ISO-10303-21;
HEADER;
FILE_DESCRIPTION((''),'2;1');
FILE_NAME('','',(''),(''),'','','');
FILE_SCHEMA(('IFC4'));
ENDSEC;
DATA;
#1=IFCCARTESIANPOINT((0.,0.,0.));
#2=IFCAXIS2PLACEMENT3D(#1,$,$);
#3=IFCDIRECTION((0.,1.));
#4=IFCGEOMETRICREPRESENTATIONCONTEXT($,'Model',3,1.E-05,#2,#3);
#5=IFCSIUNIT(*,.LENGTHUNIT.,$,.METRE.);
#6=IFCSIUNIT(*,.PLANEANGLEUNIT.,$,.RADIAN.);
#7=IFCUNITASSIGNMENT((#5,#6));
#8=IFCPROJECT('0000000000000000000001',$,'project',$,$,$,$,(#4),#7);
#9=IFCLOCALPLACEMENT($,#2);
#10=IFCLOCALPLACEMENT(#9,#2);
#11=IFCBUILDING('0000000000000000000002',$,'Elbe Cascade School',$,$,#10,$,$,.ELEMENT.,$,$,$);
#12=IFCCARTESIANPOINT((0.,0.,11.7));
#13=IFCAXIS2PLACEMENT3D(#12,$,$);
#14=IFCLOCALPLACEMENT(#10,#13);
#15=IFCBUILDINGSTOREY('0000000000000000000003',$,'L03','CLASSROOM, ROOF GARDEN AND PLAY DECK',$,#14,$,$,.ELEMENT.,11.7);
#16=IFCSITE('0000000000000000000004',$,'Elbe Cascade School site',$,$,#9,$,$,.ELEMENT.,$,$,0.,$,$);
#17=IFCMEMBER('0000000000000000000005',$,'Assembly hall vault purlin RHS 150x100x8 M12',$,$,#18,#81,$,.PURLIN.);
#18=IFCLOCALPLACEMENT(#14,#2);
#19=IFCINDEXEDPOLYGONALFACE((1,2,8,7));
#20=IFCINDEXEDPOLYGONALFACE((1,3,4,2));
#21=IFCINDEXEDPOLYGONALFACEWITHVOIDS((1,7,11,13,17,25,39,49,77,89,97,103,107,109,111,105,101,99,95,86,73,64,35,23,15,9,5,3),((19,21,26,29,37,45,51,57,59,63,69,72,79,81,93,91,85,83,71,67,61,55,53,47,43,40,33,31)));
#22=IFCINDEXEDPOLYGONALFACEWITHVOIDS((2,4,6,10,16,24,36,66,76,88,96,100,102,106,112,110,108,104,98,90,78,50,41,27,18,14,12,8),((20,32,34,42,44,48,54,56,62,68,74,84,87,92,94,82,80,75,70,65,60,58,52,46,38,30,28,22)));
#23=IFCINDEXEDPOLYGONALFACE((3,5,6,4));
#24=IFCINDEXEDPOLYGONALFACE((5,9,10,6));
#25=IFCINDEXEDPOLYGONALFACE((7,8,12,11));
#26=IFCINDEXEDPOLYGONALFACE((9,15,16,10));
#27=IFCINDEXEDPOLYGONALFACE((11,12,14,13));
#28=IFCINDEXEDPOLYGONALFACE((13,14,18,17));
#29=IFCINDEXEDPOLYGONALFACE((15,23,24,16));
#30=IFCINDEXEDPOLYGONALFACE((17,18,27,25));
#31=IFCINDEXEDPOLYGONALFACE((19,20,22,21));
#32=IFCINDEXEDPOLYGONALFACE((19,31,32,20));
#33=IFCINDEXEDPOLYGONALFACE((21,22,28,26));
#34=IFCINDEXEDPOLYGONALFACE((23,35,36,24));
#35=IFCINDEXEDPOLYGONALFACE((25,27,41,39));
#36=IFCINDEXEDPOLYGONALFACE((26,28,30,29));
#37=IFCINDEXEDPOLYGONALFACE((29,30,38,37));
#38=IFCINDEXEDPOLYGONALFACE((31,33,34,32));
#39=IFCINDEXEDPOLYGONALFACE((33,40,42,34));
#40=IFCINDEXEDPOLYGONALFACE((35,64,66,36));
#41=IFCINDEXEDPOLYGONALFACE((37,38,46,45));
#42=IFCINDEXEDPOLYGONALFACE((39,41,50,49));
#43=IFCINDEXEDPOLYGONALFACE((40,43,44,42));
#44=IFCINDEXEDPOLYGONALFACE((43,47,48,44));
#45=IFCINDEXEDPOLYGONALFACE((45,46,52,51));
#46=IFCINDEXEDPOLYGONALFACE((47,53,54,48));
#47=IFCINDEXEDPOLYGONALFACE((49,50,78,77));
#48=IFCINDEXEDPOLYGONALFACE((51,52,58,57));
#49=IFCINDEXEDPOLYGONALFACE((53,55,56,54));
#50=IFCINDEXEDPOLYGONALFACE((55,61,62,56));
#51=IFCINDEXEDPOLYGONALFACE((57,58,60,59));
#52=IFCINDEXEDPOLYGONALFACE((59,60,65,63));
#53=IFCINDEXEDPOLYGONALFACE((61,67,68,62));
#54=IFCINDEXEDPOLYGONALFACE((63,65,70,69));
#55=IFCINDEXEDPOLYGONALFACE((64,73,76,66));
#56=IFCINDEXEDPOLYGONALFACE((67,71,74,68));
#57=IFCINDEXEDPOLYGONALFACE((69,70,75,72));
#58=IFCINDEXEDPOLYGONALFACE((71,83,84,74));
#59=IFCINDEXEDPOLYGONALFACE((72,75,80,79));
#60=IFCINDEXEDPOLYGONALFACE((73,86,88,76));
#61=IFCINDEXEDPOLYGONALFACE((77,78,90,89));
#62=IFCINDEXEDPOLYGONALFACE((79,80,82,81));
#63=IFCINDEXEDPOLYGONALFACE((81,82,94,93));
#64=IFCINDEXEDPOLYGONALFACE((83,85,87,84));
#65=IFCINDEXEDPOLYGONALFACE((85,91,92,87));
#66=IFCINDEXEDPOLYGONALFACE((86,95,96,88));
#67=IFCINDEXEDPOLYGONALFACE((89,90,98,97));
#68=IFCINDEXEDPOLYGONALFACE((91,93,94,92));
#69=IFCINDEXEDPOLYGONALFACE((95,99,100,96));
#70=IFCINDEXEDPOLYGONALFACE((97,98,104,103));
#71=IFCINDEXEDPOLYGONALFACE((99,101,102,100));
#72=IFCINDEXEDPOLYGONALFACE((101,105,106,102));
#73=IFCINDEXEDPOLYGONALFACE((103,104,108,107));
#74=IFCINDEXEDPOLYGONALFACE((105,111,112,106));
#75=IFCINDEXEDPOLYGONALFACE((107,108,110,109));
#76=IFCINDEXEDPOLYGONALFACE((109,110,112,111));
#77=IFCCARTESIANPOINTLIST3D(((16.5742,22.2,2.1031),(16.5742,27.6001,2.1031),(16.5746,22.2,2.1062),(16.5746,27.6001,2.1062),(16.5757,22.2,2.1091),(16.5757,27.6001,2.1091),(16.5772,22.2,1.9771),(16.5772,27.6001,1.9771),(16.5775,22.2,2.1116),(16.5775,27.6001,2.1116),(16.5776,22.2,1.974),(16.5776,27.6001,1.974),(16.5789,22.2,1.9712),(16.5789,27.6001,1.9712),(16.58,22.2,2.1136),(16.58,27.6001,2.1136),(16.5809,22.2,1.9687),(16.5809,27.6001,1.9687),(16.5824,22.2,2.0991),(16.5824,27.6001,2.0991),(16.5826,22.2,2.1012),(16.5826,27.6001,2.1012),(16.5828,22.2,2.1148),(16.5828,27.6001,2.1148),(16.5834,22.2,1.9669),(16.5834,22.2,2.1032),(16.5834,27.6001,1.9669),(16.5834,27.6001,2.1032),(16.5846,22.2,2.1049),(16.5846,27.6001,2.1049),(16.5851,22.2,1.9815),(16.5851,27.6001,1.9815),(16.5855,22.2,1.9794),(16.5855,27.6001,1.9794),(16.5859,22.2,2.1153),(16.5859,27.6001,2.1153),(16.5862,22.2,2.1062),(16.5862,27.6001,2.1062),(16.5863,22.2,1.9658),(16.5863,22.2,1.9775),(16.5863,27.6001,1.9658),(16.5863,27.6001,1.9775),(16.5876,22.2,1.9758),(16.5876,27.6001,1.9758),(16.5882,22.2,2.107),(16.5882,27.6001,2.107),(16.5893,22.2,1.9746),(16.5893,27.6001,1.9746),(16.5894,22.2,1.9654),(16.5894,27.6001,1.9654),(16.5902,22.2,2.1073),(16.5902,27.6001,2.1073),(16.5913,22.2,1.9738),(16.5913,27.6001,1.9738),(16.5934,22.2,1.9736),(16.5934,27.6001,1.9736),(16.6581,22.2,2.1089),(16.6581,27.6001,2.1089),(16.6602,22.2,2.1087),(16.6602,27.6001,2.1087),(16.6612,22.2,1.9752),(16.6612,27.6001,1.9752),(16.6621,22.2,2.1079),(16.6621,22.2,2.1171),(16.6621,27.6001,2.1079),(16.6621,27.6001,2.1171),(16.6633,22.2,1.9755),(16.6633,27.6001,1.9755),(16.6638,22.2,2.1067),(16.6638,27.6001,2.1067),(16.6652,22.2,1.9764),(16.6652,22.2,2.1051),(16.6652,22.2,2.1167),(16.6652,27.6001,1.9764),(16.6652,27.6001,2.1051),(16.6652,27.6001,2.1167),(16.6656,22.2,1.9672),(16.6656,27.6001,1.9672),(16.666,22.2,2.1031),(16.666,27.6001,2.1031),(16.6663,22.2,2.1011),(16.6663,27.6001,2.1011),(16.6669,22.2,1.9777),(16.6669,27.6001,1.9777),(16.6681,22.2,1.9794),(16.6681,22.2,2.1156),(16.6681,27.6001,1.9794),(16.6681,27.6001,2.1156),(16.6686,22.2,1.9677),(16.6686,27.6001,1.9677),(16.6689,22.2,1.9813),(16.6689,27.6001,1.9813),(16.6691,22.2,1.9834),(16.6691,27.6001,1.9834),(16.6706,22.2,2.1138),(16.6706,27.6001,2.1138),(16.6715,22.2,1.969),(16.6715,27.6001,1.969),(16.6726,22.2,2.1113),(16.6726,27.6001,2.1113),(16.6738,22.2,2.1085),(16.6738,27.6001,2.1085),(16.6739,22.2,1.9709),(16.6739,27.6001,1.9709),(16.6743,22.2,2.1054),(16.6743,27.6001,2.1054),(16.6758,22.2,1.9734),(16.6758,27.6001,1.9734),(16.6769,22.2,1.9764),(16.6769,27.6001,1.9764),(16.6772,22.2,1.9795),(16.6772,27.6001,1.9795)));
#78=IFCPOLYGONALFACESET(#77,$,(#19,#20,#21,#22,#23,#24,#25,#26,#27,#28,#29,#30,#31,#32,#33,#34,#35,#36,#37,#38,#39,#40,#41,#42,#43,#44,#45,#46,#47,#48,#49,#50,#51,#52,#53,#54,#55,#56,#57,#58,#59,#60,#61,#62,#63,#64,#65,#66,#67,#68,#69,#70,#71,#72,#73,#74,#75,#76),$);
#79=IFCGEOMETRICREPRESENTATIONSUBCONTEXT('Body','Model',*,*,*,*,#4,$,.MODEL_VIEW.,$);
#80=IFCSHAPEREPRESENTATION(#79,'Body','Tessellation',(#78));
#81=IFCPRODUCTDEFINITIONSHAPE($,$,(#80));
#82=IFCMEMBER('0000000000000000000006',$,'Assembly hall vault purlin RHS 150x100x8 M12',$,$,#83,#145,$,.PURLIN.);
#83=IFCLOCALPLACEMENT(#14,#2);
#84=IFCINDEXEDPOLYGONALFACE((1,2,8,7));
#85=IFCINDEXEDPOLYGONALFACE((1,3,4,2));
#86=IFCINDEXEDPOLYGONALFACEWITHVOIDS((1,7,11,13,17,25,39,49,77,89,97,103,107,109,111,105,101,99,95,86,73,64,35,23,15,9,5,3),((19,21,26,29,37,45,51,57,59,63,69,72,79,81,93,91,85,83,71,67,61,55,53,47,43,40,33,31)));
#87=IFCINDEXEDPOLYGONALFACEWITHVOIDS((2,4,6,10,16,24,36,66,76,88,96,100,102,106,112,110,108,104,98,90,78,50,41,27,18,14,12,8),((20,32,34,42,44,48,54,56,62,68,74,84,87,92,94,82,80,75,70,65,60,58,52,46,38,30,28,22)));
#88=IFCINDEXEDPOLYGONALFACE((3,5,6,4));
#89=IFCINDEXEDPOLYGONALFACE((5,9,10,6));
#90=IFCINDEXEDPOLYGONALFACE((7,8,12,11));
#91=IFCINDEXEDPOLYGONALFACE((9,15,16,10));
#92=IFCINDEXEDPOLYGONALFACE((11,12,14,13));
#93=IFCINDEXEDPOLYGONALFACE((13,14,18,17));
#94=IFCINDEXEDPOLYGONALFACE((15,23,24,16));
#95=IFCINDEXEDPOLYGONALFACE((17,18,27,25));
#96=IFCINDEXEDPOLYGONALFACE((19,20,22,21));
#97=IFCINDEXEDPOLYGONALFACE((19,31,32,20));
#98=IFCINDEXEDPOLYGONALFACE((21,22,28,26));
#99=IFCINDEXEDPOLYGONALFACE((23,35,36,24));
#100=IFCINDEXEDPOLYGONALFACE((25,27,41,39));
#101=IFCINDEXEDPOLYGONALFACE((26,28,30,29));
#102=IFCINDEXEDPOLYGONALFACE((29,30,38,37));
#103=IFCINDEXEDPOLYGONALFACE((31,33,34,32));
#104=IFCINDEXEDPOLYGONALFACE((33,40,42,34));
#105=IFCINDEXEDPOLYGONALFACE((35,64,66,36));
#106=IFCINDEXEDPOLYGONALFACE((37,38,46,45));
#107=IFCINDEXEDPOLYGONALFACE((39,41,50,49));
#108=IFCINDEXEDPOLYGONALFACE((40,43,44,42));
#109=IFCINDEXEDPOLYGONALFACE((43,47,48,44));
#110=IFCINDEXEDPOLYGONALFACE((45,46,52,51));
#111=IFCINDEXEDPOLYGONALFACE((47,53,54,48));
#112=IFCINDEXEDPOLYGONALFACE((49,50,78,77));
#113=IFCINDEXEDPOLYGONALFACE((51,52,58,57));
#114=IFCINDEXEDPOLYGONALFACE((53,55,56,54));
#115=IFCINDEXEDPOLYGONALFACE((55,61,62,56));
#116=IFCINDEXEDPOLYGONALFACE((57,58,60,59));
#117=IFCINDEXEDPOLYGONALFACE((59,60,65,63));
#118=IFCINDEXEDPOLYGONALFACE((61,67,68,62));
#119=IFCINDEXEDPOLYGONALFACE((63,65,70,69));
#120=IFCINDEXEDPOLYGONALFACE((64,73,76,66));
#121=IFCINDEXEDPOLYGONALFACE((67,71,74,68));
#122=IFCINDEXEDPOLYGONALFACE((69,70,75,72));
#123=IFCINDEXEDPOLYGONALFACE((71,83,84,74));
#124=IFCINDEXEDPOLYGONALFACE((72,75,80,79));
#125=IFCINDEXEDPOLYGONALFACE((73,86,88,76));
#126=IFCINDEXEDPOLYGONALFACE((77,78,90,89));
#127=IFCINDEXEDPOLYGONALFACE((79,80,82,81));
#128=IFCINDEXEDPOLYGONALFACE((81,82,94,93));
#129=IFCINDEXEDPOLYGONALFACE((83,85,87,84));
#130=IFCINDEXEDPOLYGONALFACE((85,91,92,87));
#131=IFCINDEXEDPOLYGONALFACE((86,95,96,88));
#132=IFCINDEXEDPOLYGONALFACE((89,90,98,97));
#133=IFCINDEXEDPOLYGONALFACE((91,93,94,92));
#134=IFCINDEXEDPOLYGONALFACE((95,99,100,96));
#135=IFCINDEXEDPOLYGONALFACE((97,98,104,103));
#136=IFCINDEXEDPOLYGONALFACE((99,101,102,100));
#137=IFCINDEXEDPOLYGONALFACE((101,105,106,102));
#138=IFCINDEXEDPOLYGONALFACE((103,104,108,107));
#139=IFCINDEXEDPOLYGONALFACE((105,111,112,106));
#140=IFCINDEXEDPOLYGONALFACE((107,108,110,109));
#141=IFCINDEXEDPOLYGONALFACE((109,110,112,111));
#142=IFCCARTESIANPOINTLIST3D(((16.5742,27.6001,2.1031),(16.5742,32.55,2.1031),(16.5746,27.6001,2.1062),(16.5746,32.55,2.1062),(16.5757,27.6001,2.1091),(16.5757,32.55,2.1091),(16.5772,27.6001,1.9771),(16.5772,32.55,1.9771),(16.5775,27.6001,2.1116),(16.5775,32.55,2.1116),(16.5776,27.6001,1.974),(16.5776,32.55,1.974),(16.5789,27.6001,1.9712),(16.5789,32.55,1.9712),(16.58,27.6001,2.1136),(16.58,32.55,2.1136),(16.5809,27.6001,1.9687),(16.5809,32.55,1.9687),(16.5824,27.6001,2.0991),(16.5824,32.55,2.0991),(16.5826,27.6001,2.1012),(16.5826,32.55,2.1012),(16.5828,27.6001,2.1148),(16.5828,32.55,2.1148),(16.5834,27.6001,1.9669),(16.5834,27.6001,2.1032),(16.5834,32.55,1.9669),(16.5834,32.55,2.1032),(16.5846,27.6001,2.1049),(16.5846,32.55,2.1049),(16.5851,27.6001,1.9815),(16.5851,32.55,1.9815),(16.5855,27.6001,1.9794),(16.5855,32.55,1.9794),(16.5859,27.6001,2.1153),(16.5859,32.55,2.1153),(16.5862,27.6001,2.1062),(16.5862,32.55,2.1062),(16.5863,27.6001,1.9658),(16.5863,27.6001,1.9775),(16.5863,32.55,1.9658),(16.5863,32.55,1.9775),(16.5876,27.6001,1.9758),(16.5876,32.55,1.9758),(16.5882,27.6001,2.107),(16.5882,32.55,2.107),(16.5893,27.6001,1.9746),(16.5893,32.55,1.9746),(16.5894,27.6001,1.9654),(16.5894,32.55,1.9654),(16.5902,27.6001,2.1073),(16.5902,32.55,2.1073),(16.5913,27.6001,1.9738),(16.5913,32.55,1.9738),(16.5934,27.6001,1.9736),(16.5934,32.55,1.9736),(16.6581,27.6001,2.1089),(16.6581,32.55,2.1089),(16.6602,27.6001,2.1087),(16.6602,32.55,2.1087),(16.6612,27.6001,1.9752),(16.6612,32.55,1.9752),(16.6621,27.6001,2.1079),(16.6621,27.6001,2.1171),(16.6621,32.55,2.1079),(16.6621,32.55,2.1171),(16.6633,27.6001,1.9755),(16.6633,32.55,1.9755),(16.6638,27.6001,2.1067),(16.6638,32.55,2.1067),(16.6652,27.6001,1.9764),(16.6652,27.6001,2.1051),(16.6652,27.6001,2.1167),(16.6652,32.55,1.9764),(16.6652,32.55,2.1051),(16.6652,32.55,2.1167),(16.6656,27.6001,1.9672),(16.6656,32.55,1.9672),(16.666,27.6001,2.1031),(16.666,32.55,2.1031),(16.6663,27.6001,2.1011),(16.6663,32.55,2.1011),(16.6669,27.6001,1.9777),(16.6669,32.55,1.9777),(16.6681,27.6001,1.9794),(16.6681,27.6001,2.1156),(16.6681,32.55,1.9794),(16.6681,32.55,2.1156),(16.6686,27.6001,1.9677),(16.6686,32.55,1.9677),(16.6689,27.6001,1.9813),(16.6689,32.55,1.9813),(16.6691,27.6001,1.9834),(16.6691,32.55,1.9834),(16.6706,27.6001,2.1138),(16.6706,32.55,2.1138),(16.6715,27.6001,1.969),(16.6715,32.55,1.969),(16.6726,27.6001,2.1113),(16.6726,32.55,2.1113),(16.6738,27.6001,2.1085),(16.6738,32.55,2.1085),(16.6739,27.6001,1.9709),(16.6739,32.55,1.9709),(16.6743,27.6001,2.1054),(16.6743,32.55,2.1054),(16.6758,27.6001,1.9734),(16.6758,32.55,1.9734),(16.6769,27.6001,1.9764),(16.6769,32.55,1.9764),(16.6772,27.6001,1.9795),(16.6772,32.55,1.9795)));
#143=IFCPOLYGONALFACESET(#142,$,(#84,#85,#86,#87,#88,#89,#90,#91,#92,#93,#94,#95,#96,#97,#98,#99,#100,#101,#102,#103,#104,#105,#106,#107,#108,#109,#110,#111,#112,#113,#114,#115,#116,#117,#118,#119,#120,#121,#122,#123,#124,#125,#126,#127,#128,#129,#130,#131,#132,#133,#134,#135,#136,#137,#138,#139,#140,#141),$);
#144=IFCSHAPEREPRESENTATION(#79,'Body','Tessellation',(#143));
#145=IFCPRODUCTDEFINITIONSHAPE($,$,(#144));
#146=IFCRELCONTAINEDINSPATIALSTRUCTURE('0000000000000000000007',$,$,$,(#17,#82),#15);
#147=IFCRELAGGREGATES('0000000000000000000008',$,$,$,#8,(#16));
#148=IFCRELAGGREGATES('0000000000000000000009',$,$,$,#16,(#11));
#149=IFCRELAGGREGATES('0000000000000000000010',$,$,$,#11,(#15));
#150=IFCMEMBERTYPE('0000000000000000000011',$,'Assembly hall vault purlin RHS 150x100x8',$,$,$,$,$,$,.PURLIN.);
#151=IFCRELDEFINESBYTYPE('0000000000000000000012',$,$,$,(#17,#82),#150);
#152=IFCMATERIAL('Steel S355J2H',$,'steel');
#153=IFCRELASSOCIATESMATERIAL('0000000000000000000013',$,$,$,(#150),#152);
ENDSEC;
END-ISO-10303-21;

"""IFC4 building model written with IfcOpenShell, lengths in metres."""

from ifc_helpers import new_model, si_unit, direction, frame, origin, origin_2d, place, context, subcontext, project, spatial, hollow_rectangle, extrude, material, material_profile, profile_set, type_object, element, save


model = new_model("IFC4")

# Units and contexts
model_context = context("Model", 3, precision=1e-05, world=origin(), true_north=direction((0.0, 1.0)))
body_context = subcontext(model_context, "Body", "Model", "MODEL_VIEW")
ifc_project = project(units=[si_unit("LENGTHUNIT", "METRE"), si_unit("PLANEANGLEUNIT", "RADIAN")], contexts=[model_context])

# Site, building, storey
site_placement = place(None, origin())
site = spatial("IfcSite", under=ifc_project, at=site_placement, Name="Elbe Cascade School site", CompositionType="ELEMENT", RefElevation=0.0)
building_placement = place(site_placement, origin())
building = spatial("IfcBuilding", under=site, at=building_placement, Name="Elbe Cascade School", CompositionType="ELEMENT")
storey_placement = place(building_placement, frame((0.0, 0.0, 11.7)))
storey = spatial("IfcBuildingStorey", under=building, at=storey_placement, Name="L03", Description="CLASSROOM, ROOF GARDEN AND PLAY DECK", CompositionType="ELEMENT", Elevation=11.7)

# Members
ifc_material_1 = material(Name="Steel S355J2H", Category="steel")
ifc_material_profile_1 = material_profile(ifc_material_1, hollow_rectangle(XDim=0.1001, YDim=0.1499, WallThickness=0.0081, InnerFilletRadius=0.0081, OuterFilletRadius=0.012, at=origin_2d()), Name="RHS 150x100x8")
ifc_profile_set_1 = profile_set([ifc_material_profile_1], Name="Steel S355J2H")
member_type_1 = type_object("IfcMemberType", Name="Assembly hall vault purlin RHS 150x100x8", PredefinedType="PURLIN", material=ifc_profile_set_1)
member_1_placement = place(storey_placement, frame((16.6257, 22.2, 2.0413), z_axis=(0.0, 1.0, 0.0), x_axis=(-0.999727, 0.0, -0.023378)))
element("IfcMember", 1, at=member_1_placement, inside=storey, type_object=member_type_1, Name="Assembly hall vault purlin RHS 150x100x8 M12", PredefinedType="PURLIN", context=body_context, shape_type="SweptSolid", body=[
    extrude(hollow_rectangle(XDim=0.1001, YDim=0.1499, WallThickness=0.0081, InnerFilletRadius=0.0081, OuterFilletRadius=0.012, at=origin_2d()), origin(), (0.0, 0.0, 1.0), 5.4001),
])
member_2_placement = place(storey_placement, frame((16.6257, 27.6001, 2.0413), z_axis=(0.0, 1.0, 0.0), x_axis=(-0.999727, 0.0, -0.023378)))
element("IfcMember", 2, at=member_2_placement, inside=storey, type_object=member_type_1, Name="Assembly hall vault purlin RHS 150x100x8 M12", PredefinedType="PURLIN", context=body_context, shape_type="SweptSolid", body=[
    extrude(hollow_rectangle(XDim=0.1001, YDim=0.1499, WallThickness=0.0081, InnerFilletRadius=0.0081, OuterFilletRadius=0.012, at=origin_2d()), origin(), (0.0, 0.0, 1.0), 4.95),
])

save(model, "model.ifc")
